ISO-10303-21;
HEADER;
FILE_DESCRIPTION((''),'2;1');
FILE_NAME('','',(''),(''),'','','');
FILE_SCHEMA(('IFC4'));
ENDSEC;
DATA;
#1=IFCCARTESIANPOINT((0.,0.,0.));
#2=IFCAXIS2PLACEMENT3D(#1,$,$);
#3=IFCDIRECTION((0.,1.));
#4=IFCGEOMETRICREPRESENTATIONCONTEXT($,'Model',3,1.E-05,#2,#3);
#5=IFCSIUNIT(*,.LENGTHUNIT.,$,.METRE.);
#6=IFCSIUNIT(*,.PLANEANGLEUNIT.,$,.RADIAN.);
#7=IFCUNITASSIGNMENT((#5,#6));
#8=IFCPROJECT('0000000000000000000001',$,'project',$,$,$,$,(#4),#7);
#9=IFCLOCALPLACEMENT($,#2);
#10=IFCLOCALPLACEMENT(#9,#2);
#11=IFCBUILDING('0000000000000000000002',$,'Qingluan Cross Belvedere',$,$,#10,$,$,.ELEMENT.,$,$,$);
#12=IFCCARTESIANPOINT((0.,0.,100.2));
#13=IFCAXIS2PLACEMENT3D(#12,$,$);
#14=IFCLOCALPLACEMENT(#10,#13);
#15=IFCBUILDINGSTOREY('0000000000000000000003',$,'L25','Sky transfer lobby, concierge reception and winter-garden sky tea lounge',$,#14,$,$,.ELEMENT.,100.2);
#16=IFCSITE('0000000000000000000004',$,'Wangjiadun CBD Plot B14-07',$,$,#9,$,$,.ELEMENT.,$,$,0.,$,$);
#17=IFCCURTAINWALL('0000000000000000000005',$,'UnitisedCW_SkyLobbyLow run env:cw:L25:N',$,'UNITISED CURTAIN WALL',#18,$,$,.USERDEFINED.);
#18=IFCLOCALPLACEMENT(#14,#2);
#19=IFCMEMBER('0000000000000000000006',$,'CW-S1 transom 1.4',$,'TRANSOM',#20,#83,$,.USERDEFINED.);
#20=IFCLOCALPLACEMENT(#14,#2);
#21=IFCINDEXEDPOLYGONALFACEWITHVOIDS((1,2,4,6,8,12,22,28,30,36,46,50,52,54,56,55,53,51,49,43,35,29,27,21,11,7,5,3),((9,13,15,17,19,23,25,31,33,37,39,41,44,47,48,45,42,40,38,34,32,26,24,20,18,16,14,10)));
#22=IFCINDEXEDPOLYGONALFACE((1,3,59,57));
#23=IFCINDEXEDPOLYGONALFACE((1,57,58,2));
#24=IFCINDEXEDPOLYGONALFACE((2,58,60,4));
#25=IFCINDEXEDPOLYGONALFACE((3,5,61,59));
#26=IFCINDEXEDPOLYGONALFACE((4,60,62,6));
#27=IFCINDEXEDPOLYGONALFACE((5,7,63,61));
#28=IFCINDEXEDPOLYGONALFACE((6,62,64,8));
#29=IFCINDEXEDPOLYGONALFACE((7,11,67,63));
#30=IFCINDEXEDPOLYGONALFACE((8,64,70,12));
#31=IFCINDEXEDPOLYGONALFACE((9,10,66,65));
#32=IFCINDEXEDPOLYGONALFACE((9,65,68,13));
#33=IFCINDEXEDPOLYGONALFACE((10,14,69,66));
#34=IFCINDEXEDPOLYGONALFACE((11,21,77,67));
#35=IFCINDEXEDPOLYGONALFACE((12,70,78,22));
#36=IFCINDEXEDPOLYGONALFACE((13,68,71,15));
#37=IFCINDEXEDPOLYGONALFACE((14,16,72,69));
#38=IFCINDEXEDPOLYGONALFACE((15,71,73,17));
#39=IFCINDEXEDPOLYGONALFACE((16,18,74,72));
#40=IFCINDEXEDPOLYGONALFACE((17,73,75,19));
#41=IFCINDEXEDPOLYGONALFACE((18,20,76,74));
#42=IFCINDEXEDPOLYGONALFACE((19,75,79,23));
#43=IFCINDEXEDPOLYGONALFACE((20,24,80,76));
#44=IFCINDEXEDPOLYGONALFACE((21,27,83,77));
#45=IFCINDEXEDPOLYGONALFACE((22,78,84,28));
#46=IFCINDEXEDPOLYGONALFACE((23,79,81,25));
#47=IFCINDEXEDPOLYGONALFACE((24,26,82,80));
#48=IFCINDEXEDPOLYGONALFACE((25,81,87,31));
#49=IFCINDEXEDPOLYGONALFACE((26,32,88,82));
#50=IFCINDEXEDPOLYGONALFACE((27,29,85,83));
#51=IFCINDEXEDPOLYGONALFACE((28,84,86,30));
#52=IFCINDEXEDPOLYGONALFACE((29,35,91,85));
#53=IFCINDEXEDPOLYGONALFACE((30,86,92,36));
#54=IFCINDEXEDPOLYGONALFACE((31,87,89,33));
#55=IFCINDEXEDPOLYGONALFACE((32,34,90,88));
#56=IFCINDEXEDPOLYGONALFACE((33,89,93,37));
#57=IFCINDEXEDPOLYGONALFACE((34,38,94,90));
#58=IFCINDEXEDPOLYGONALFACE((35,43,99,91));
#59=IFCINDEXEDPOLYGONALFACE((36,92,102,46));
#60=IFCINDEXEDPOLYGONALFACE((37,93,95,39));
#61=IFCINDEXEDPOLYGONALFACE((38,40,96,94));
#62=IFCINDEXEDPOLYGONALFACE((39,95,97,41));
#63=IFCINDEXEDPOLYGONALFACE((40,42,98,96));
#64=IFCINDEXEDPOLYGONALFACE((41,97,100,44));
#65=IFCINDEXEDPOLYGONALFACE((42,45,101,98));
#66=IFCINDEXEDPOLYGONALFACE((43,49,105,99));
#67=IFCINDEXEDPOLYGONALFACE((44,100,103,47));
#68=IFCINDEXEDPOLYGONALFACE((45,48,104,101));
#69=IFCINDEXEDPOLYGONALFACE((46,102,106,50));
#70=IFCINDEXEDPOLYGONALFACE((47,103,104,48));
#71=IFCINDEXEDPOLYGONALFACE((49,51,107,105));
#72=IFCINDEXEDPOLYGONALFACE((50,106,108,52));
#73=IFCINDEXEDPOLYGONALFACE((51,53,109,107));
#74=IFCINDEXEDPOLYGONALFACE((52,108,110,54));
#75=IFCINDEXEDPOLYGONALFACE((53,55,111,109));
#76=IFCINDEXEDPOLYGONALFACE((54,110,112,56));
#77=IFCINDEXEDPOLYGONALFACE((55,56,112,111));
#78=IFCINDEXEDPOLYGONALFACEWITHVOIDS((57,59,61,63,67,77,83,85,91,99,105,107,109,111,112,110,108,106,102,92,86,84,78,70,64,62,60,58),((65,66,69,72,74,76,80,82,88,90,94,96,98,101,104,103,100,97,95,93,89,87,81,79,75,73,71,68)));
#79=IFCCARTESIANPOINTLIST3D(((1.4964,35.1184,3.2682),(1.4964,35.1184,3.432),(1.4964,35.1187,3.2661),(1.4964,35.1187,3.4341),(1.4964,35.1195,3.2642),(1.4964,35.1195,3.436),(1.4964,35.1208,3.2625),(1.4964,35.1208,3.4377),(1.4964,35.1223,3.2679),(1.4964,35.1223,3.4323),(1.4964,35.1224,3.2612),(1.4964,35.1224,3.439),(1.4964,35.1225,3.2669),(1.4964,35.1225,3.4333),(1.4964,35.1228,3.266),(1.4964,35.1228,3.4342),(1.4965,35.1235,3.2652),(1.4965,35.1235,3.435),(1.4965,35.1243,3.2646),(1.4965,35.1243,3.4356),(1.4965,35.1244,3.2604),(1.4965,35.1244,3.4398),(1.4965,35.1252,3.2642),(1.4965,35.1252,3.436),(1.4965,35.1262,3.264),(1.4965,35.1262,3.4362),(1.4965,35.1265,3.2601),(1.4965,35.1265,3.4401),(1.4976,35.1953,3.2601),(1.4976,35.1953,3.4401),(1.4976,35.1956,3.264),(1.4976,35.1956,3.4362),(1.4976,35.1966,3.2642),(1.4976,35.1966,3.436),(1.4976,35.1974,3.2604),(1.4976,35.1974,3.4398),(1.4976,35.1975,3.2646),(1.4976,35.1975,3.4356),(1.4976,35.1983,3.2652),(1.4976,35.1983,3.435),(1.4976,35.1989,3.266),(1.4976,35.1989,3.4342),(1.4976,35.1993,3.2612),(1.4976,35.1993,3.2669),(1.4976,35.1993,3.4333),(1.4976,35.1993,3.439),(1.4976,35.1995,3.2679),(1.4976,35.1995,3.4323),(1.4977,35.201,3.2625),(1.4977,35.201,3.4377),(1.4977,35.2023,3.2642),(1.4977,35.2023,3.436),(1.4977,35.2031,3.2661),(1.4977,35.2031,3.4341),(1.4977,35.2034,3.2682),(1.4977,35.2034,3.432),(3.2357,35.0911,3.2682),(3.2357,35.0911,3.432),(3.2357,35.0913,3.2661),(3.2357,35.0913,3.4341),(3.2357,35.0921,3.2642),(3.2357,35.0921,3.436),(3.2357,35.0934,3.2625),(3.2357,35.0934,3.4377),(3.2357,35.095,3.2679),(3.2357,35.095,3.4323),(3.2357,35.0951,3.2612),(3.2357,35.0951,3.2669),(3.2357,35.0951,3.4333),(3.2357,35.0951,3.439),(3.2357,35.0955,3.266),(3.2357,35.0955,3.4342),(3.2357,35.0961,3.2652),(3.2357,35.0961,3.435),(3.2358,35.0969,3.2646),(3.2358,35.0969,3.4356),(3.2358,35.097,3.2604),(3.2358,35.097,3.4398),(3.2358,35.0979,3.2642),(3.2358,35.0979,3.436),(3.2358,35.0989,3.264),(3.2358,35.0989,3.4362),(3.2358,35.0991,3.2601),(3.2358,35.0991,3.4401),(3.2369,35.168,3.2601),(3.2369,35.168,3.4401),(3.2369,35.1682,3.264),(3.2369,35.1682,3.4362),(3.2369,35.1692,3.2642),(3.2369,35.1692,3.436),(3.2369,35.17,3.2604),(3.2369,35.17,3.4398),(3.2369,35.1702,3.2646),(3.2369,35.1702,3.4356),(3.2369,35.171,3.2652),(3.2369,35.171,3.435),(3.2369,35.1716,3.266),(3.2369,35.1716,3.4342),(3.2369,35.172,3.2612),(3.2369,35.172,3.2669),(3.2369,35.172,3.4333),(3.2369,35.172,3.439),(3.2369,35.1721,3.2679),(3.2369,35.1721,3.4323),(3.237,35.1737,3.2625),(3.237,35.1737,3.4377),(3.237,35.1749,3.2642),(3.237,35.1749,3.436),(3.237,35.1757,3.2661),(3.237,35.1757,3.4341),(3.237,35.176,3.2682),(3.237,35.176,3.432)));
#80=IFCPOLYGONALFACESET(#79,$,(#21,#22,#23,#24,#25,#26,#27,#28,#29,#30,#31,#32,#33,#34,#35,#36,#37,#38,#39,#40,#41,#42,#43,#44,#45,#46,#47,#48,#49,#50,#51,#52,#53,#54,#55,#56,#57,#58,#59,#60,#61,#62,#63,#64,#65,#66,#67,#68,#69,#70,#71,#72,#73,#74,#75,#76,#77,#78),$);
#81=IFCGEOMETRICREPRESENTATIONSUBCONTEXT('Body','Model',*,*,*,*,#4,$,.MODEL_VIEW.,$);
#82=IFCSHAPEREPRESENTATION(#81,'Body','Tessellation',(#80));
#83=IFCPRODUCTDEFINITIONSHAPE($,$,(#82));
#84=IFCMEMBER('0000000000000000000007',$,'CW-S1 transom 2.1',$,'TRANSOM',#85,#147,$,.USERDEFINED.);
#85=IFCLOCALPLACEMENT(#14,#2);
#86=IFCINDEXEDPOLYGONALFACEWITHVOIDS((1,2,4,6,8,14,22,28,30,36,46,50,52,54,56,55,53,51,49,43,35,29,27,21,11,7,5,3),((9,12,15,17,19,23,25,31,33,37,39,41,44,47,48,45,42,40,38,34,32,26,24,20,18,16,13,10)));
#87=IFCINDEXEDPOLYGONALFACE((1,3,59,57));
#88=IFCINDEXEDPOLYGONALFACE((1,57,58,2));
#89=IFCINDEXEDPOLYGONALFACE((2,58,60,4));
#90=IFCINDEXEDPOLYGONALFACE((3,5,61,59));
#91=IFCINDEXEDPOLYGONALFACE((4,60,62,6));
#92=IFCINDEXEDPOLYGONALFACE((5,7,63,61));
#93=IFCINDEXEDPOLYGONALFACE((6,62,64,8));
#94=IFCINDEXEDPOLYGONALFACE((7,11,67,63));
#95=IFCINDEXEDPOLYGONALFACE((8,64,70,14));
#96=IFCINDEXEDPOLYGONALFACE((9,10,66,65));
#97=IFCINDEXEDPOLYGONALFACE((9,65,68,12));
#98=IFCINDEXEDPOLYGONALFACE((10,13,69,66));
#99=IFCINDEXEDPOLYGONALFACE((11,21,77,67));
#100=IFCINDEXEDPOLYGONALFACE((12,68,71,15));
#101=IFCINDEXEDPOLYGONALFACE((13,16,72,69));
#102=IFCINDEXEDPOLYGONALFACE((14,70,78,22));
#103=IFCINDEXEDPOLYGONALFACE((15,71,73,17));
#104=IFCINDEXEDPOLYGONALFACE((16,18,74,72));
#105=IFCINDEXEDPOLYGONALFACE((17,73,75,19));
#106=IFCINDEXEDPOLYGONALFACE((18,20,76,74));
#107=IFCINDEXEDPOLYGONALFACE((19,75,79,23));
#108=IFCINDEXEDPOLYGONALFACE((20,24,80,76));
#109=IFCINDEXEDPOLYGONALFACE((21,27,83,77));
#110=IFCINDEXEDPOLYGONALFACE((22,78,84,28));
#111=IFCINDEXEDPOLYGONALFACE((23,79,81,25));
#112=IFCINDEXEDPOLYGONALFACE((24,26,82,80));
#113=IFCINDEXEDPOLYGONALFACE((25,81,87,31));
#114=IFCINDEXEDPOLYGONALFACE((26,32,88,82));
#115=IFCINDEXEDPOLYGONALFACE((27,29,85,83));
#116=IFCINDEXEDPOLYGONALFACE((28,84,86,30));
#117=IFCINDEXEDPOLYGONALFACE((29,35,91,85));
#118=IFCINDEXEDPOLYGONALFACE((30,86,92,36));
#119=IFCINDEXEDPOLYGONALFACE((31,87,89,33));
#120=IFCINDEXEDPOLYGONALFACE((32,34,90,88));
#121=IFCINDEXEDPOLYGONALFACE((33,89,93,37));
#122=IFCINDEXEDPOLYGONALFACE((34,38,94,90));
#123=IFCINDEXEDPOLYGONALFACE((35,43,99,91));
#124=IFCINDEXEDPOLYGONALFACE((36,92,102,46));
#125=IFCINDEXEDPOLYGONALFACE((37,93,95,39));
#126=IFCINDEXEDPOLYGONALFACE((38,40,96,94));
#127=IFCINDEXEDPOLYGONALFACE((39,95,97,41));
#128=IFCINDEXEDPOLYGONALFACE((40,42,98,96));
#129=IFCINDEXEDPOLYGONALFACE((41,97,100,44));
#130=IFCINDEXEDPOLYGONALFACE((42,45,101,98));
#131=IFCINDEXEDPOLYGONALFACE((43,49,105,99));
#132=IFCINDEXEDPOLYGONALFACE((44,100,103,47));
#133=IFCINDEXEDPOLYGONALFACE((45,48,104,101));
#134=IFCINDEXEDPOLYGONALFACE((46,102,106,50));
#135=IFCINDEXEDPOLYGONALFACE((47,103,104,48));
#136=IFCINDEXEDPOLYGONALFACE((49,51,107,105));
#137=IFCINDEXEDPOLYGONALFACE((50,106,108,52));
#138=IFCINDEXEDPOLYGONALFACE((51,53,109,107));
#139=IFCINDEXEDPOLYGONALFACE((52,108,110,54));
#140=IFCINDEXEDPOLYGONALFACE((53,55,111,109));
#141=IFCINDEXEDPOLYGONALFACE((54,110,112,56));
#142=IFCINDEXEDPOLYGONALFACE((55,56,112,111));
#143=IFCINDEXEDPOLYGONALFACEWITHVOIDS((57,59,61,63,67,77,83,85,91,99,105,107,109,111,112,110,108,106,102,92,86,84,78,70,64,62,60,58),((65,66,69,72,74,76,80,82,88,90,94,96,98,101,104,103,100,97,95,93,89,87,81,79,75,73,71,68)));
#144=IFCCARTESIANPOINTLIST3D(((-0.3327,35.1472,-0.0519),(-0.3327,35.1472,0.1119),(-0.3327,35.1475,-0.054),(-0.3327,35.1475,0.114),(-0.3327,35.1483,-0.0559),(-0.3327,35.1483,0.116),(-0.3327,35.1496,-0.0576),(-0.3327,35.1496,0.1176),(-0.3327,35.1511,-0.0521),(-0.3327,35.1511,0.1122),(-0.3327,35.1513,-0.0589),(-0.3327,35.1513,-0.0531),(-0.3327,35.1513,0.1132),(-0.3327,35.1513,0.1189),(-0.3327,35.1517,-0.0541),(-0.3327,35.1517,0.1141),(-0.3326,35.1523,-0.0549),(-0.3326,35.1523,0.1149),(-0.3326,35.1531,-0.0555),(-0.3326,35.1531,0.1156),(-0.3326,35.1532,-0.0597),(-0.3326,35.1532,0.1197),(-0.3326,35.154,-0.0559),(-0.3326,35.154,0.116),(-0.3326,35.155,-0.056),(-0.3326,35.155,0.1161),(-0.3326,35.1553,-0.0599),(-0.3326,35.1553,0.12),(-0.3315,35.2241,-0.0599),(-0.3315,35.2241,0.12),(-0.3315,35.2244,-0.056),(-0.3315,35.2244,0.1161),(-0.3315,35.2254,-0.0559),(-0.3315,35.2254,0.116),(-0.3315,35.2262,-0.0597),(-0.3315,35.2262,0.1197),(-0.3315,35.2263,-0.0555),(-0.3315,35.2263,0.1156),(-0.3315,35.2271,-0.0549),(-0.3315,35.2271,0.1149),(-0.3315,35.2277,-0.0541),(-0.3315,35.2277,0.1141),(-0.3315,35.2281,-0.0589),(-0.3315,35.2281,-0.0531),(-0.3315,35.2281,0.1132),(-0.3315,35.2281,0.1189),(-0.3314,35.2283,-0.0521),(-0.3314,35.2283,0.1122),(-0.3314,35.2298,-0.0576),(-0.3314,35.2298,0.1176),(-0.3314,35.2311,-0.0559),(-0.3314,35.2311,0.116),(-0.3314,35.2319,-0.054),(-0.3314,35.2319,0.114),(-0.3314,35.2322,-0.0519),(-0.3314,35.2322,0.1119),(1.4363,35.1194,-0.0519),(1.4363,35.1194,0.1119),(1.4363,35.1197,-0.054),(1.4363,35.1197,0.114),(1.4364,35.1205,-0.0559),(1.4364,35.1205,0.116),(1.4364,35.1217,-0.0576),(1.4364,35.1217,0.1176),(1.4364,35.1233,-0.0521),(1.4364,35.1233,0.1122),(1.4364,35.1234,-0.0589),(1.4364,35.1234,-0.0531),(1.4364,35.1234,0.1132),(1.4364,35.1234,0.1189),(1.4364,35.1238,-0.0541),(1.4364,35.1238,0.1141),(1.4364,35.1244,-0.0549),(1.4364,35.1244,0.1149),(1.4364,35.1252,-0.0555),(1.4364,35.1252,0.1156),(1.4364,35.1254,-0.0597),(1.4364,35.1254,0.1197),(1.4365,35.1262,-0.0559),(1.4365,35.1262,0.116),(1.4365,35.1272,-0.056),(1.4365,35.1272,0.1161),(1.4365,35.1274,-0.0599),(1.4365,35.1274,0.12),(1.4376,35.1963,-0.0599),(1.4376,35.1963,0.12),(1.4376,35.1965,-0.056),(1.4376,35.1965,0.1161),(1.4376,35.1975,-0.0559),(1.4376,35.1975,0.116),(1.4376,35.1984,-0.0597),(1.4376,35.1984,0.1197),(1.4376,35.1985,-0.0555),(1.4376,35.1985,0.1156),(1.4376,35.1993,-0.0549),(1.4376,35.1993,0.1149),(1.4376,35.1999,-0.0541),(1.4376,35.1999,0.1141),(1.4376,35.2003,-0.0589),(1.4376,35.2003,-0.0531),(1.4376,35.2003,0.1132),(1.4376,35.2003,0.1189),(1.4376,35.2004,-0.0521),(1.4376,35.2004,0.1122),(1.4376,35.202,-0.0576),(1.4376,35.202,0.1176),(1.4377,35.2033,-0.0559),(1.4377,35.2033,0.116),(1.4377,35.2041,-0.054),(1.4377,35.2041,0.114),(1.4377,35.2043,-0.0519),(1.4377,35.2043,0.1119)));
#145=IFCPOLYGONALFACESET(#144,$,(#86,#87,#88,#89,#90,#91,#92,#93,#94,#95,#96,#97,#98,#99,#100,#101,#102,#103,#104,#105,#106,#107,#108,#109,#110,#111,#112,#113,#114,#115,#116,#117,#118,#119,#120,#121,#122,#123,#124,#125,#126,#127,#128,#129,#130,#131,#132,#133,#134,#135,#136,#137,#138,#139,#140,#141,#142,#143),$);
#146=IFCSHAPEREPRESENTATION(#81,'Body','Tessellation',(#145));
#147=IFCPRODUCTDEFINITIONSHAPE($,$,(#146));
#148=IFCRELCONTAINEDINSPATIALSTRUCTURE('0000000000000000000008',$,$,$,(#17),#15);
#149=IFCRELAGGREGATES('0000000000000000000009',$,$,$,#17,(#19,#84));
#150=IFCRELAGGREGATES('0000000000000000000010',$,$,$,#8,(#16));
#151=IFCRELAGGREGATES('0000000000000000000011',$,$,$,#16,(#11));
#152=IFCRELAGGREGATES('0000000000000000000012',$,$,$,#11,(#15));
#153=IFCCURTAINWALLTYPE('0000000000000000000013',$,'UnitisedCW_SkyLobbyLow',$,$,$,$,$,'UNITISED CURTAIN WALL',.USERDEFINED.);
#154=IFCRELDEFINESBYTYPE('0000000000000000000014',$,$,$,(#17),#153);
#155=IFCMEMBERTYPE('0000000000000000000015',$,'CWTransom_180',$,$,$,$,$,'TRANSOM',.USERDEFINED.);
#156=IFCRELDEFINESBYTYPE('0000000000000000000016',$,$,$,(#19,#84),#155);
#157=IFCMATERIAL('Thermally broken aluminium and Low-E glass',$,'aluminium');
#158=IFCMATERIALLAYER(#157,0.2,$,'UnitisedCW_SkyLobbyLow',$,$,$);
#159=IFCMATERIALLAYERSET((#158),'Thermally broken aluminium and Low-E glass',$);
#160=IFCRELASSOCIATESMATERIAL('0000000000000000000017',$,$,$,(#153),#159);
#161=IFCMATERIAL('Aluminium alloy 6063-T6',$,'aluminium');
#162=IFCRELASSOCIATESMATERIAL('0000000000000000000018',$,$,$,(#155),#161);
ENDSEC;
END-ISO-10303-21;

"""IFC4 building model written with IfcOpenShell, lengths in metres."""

from ifc_helpers import new_model, si_unit, direction, frame, origin, origin_2d, place, context, subcontext, project, spatial, hollow_rectangle, extrude, material, layer, layer_set, material_profile, profile_set, type_object, element, aggregate, save


model = new_model("IFC4")

# Units and contexts
model_context = context("Model", 3, precision=1e-05, world=origin(), true_north=direction((0.0, 1.0)))
body_context = subcontext(model_context, "Body", "Model", "MODEL_VIEW")
ifc_project = project(units=[si_unit("LENGTHUNIT", "METRE"), si_unit("PLANEANGLEUNIT", "RADIAN")], contexts=[model_context])

# Site, building, storey
site_placement = place(None, origin())
site = spatial("IfcSite", under=ifc_project, at=site_placement, Name="Wangjiadun CBD Plot B14-07", CompositionType="ELEMENT", RefElevation=0.0)
building_placement = place(site_placement, origin())
building = spatial("IfcBuilding", under=site, at=building_placement, Name="Qingluan Cross Belvedere", CompositionType="ELEMENT")
storey_placement = place(building_placement, frame((0.0, 0.0, 100.2)))
storey = spatial("IfcBuildingStorey", under=building, at=storey_placement, Name="L25", Description="Sky transfer lobby, concierge reception and winter-garden sky tea lounge", CompositionType="ELEMENT", Elevation=100.2)

# Curtain wall, members
ifc_material_1 = material(Name="Thermally broken aluminium and Low-E glass", Category="aluminium")
ifc_layer_1 = layer(ifc_material_1, 0.2, Name="UnitisedCW_SkyLobbyLow")
ifc_layer_set_1 = layer_set([ifc_layer_1], Name="Thermally broken aluminium and Low-E glass")
curtain_wall_type = type_object("IfcCurtainWallType", Name="UnitisedCW_SkyLobbyLow", ElementType="UNITISED CURTAIN WALL", PredefinedType="USERDEFINED", material=ifc_layer_set_1)
curtain_wall_placement = place(storey_placement, origin())
curtain_wall = element("IfcCurtainWall", 1, at=curtain_wall_placement, inside=storey, type_object=curtain_wall_type, Name="UnitisedCW_SkyLobbyLow run env:cw:L25:N", ObjectType="UNITISED CURTAIN WALL", PredefinedType="USERDEFINED")
ifc_material_2 = material(Name="Aluminium alloy 6063-T6", Category="aluminium")
ifc_material_profile_1 = material_profile(ifc_material_2, hollow_rectangle(XDim=0.085, YDim=0.1799, WallThickness=0.0039, InnerFilletRadius=0.0039, OuterFilletRadius=0.0081, at=origin_2d()), Name="CWT180x85x4")
ifc_profile_set_1 = profile_set([ifc_material_profile_1], Name="Aluminium alloy 6063-T6")
member_type_1 = type_object("IfcMemberType", Name="CWTransom_180", ElementType="TRANSOM", PredefinedType="USERDEFINED", material=ifc_profile_set_1)
member_1_placement = place(storey_placement, frame((3.2363, 35.1335, 3.3501), z_axis=(-0.999876, 0.01572, 0.0), x_axis=(-0.01572, -0.999876, 0.0)))
member_1 = element("IfcMember", 2, at=member_1_placement, type_object=member_type_1, Name="CW-S1 transom 1.4", ObjectType="TRANSOM", PredefinedType="USERDEFINED", context=body_context, shape_type="SweptSolid", body=[
    extrude(hollow_rectangle(XDim=0.085, YDim=0.1799, WallThickness=0.0039, InnerFilletRadius=0.0039, OuterFilletRadius=0.0081, at=origin_2d()), origin(), (0.0, 0.0, 1.0), 1.7395),
])
member_2_placement = place(storey_placement, frame((1.437, 35.1619, 0.03), z_axis=(-0.999876, 0.015731, 0.0), x_axis=(-0.015731, -0.999876, 0.0)))
member_2 = element("IfcMember", 3, at=member_2_placement, type_object=member_type_1, Name="CW-S1 transom 2.1", ObjectType="TRANSOM", PredefinedType="USERDEFINED", context=body_context, shape_type="SweptSolid", body=[
    extrude(hollow_rectangle(XDim=0.085, YDim=0.1799, WallThickness=0.0039, InnerFilletRadius=0.0039, OuterFilletRadius=0.0081, at=origin_2d()), origin(), (0.0, 0.0, 1.0), 1.7693),
])
aggregate(curtain_wall, [member_1, member_2])

save(model, "model.ifc")
